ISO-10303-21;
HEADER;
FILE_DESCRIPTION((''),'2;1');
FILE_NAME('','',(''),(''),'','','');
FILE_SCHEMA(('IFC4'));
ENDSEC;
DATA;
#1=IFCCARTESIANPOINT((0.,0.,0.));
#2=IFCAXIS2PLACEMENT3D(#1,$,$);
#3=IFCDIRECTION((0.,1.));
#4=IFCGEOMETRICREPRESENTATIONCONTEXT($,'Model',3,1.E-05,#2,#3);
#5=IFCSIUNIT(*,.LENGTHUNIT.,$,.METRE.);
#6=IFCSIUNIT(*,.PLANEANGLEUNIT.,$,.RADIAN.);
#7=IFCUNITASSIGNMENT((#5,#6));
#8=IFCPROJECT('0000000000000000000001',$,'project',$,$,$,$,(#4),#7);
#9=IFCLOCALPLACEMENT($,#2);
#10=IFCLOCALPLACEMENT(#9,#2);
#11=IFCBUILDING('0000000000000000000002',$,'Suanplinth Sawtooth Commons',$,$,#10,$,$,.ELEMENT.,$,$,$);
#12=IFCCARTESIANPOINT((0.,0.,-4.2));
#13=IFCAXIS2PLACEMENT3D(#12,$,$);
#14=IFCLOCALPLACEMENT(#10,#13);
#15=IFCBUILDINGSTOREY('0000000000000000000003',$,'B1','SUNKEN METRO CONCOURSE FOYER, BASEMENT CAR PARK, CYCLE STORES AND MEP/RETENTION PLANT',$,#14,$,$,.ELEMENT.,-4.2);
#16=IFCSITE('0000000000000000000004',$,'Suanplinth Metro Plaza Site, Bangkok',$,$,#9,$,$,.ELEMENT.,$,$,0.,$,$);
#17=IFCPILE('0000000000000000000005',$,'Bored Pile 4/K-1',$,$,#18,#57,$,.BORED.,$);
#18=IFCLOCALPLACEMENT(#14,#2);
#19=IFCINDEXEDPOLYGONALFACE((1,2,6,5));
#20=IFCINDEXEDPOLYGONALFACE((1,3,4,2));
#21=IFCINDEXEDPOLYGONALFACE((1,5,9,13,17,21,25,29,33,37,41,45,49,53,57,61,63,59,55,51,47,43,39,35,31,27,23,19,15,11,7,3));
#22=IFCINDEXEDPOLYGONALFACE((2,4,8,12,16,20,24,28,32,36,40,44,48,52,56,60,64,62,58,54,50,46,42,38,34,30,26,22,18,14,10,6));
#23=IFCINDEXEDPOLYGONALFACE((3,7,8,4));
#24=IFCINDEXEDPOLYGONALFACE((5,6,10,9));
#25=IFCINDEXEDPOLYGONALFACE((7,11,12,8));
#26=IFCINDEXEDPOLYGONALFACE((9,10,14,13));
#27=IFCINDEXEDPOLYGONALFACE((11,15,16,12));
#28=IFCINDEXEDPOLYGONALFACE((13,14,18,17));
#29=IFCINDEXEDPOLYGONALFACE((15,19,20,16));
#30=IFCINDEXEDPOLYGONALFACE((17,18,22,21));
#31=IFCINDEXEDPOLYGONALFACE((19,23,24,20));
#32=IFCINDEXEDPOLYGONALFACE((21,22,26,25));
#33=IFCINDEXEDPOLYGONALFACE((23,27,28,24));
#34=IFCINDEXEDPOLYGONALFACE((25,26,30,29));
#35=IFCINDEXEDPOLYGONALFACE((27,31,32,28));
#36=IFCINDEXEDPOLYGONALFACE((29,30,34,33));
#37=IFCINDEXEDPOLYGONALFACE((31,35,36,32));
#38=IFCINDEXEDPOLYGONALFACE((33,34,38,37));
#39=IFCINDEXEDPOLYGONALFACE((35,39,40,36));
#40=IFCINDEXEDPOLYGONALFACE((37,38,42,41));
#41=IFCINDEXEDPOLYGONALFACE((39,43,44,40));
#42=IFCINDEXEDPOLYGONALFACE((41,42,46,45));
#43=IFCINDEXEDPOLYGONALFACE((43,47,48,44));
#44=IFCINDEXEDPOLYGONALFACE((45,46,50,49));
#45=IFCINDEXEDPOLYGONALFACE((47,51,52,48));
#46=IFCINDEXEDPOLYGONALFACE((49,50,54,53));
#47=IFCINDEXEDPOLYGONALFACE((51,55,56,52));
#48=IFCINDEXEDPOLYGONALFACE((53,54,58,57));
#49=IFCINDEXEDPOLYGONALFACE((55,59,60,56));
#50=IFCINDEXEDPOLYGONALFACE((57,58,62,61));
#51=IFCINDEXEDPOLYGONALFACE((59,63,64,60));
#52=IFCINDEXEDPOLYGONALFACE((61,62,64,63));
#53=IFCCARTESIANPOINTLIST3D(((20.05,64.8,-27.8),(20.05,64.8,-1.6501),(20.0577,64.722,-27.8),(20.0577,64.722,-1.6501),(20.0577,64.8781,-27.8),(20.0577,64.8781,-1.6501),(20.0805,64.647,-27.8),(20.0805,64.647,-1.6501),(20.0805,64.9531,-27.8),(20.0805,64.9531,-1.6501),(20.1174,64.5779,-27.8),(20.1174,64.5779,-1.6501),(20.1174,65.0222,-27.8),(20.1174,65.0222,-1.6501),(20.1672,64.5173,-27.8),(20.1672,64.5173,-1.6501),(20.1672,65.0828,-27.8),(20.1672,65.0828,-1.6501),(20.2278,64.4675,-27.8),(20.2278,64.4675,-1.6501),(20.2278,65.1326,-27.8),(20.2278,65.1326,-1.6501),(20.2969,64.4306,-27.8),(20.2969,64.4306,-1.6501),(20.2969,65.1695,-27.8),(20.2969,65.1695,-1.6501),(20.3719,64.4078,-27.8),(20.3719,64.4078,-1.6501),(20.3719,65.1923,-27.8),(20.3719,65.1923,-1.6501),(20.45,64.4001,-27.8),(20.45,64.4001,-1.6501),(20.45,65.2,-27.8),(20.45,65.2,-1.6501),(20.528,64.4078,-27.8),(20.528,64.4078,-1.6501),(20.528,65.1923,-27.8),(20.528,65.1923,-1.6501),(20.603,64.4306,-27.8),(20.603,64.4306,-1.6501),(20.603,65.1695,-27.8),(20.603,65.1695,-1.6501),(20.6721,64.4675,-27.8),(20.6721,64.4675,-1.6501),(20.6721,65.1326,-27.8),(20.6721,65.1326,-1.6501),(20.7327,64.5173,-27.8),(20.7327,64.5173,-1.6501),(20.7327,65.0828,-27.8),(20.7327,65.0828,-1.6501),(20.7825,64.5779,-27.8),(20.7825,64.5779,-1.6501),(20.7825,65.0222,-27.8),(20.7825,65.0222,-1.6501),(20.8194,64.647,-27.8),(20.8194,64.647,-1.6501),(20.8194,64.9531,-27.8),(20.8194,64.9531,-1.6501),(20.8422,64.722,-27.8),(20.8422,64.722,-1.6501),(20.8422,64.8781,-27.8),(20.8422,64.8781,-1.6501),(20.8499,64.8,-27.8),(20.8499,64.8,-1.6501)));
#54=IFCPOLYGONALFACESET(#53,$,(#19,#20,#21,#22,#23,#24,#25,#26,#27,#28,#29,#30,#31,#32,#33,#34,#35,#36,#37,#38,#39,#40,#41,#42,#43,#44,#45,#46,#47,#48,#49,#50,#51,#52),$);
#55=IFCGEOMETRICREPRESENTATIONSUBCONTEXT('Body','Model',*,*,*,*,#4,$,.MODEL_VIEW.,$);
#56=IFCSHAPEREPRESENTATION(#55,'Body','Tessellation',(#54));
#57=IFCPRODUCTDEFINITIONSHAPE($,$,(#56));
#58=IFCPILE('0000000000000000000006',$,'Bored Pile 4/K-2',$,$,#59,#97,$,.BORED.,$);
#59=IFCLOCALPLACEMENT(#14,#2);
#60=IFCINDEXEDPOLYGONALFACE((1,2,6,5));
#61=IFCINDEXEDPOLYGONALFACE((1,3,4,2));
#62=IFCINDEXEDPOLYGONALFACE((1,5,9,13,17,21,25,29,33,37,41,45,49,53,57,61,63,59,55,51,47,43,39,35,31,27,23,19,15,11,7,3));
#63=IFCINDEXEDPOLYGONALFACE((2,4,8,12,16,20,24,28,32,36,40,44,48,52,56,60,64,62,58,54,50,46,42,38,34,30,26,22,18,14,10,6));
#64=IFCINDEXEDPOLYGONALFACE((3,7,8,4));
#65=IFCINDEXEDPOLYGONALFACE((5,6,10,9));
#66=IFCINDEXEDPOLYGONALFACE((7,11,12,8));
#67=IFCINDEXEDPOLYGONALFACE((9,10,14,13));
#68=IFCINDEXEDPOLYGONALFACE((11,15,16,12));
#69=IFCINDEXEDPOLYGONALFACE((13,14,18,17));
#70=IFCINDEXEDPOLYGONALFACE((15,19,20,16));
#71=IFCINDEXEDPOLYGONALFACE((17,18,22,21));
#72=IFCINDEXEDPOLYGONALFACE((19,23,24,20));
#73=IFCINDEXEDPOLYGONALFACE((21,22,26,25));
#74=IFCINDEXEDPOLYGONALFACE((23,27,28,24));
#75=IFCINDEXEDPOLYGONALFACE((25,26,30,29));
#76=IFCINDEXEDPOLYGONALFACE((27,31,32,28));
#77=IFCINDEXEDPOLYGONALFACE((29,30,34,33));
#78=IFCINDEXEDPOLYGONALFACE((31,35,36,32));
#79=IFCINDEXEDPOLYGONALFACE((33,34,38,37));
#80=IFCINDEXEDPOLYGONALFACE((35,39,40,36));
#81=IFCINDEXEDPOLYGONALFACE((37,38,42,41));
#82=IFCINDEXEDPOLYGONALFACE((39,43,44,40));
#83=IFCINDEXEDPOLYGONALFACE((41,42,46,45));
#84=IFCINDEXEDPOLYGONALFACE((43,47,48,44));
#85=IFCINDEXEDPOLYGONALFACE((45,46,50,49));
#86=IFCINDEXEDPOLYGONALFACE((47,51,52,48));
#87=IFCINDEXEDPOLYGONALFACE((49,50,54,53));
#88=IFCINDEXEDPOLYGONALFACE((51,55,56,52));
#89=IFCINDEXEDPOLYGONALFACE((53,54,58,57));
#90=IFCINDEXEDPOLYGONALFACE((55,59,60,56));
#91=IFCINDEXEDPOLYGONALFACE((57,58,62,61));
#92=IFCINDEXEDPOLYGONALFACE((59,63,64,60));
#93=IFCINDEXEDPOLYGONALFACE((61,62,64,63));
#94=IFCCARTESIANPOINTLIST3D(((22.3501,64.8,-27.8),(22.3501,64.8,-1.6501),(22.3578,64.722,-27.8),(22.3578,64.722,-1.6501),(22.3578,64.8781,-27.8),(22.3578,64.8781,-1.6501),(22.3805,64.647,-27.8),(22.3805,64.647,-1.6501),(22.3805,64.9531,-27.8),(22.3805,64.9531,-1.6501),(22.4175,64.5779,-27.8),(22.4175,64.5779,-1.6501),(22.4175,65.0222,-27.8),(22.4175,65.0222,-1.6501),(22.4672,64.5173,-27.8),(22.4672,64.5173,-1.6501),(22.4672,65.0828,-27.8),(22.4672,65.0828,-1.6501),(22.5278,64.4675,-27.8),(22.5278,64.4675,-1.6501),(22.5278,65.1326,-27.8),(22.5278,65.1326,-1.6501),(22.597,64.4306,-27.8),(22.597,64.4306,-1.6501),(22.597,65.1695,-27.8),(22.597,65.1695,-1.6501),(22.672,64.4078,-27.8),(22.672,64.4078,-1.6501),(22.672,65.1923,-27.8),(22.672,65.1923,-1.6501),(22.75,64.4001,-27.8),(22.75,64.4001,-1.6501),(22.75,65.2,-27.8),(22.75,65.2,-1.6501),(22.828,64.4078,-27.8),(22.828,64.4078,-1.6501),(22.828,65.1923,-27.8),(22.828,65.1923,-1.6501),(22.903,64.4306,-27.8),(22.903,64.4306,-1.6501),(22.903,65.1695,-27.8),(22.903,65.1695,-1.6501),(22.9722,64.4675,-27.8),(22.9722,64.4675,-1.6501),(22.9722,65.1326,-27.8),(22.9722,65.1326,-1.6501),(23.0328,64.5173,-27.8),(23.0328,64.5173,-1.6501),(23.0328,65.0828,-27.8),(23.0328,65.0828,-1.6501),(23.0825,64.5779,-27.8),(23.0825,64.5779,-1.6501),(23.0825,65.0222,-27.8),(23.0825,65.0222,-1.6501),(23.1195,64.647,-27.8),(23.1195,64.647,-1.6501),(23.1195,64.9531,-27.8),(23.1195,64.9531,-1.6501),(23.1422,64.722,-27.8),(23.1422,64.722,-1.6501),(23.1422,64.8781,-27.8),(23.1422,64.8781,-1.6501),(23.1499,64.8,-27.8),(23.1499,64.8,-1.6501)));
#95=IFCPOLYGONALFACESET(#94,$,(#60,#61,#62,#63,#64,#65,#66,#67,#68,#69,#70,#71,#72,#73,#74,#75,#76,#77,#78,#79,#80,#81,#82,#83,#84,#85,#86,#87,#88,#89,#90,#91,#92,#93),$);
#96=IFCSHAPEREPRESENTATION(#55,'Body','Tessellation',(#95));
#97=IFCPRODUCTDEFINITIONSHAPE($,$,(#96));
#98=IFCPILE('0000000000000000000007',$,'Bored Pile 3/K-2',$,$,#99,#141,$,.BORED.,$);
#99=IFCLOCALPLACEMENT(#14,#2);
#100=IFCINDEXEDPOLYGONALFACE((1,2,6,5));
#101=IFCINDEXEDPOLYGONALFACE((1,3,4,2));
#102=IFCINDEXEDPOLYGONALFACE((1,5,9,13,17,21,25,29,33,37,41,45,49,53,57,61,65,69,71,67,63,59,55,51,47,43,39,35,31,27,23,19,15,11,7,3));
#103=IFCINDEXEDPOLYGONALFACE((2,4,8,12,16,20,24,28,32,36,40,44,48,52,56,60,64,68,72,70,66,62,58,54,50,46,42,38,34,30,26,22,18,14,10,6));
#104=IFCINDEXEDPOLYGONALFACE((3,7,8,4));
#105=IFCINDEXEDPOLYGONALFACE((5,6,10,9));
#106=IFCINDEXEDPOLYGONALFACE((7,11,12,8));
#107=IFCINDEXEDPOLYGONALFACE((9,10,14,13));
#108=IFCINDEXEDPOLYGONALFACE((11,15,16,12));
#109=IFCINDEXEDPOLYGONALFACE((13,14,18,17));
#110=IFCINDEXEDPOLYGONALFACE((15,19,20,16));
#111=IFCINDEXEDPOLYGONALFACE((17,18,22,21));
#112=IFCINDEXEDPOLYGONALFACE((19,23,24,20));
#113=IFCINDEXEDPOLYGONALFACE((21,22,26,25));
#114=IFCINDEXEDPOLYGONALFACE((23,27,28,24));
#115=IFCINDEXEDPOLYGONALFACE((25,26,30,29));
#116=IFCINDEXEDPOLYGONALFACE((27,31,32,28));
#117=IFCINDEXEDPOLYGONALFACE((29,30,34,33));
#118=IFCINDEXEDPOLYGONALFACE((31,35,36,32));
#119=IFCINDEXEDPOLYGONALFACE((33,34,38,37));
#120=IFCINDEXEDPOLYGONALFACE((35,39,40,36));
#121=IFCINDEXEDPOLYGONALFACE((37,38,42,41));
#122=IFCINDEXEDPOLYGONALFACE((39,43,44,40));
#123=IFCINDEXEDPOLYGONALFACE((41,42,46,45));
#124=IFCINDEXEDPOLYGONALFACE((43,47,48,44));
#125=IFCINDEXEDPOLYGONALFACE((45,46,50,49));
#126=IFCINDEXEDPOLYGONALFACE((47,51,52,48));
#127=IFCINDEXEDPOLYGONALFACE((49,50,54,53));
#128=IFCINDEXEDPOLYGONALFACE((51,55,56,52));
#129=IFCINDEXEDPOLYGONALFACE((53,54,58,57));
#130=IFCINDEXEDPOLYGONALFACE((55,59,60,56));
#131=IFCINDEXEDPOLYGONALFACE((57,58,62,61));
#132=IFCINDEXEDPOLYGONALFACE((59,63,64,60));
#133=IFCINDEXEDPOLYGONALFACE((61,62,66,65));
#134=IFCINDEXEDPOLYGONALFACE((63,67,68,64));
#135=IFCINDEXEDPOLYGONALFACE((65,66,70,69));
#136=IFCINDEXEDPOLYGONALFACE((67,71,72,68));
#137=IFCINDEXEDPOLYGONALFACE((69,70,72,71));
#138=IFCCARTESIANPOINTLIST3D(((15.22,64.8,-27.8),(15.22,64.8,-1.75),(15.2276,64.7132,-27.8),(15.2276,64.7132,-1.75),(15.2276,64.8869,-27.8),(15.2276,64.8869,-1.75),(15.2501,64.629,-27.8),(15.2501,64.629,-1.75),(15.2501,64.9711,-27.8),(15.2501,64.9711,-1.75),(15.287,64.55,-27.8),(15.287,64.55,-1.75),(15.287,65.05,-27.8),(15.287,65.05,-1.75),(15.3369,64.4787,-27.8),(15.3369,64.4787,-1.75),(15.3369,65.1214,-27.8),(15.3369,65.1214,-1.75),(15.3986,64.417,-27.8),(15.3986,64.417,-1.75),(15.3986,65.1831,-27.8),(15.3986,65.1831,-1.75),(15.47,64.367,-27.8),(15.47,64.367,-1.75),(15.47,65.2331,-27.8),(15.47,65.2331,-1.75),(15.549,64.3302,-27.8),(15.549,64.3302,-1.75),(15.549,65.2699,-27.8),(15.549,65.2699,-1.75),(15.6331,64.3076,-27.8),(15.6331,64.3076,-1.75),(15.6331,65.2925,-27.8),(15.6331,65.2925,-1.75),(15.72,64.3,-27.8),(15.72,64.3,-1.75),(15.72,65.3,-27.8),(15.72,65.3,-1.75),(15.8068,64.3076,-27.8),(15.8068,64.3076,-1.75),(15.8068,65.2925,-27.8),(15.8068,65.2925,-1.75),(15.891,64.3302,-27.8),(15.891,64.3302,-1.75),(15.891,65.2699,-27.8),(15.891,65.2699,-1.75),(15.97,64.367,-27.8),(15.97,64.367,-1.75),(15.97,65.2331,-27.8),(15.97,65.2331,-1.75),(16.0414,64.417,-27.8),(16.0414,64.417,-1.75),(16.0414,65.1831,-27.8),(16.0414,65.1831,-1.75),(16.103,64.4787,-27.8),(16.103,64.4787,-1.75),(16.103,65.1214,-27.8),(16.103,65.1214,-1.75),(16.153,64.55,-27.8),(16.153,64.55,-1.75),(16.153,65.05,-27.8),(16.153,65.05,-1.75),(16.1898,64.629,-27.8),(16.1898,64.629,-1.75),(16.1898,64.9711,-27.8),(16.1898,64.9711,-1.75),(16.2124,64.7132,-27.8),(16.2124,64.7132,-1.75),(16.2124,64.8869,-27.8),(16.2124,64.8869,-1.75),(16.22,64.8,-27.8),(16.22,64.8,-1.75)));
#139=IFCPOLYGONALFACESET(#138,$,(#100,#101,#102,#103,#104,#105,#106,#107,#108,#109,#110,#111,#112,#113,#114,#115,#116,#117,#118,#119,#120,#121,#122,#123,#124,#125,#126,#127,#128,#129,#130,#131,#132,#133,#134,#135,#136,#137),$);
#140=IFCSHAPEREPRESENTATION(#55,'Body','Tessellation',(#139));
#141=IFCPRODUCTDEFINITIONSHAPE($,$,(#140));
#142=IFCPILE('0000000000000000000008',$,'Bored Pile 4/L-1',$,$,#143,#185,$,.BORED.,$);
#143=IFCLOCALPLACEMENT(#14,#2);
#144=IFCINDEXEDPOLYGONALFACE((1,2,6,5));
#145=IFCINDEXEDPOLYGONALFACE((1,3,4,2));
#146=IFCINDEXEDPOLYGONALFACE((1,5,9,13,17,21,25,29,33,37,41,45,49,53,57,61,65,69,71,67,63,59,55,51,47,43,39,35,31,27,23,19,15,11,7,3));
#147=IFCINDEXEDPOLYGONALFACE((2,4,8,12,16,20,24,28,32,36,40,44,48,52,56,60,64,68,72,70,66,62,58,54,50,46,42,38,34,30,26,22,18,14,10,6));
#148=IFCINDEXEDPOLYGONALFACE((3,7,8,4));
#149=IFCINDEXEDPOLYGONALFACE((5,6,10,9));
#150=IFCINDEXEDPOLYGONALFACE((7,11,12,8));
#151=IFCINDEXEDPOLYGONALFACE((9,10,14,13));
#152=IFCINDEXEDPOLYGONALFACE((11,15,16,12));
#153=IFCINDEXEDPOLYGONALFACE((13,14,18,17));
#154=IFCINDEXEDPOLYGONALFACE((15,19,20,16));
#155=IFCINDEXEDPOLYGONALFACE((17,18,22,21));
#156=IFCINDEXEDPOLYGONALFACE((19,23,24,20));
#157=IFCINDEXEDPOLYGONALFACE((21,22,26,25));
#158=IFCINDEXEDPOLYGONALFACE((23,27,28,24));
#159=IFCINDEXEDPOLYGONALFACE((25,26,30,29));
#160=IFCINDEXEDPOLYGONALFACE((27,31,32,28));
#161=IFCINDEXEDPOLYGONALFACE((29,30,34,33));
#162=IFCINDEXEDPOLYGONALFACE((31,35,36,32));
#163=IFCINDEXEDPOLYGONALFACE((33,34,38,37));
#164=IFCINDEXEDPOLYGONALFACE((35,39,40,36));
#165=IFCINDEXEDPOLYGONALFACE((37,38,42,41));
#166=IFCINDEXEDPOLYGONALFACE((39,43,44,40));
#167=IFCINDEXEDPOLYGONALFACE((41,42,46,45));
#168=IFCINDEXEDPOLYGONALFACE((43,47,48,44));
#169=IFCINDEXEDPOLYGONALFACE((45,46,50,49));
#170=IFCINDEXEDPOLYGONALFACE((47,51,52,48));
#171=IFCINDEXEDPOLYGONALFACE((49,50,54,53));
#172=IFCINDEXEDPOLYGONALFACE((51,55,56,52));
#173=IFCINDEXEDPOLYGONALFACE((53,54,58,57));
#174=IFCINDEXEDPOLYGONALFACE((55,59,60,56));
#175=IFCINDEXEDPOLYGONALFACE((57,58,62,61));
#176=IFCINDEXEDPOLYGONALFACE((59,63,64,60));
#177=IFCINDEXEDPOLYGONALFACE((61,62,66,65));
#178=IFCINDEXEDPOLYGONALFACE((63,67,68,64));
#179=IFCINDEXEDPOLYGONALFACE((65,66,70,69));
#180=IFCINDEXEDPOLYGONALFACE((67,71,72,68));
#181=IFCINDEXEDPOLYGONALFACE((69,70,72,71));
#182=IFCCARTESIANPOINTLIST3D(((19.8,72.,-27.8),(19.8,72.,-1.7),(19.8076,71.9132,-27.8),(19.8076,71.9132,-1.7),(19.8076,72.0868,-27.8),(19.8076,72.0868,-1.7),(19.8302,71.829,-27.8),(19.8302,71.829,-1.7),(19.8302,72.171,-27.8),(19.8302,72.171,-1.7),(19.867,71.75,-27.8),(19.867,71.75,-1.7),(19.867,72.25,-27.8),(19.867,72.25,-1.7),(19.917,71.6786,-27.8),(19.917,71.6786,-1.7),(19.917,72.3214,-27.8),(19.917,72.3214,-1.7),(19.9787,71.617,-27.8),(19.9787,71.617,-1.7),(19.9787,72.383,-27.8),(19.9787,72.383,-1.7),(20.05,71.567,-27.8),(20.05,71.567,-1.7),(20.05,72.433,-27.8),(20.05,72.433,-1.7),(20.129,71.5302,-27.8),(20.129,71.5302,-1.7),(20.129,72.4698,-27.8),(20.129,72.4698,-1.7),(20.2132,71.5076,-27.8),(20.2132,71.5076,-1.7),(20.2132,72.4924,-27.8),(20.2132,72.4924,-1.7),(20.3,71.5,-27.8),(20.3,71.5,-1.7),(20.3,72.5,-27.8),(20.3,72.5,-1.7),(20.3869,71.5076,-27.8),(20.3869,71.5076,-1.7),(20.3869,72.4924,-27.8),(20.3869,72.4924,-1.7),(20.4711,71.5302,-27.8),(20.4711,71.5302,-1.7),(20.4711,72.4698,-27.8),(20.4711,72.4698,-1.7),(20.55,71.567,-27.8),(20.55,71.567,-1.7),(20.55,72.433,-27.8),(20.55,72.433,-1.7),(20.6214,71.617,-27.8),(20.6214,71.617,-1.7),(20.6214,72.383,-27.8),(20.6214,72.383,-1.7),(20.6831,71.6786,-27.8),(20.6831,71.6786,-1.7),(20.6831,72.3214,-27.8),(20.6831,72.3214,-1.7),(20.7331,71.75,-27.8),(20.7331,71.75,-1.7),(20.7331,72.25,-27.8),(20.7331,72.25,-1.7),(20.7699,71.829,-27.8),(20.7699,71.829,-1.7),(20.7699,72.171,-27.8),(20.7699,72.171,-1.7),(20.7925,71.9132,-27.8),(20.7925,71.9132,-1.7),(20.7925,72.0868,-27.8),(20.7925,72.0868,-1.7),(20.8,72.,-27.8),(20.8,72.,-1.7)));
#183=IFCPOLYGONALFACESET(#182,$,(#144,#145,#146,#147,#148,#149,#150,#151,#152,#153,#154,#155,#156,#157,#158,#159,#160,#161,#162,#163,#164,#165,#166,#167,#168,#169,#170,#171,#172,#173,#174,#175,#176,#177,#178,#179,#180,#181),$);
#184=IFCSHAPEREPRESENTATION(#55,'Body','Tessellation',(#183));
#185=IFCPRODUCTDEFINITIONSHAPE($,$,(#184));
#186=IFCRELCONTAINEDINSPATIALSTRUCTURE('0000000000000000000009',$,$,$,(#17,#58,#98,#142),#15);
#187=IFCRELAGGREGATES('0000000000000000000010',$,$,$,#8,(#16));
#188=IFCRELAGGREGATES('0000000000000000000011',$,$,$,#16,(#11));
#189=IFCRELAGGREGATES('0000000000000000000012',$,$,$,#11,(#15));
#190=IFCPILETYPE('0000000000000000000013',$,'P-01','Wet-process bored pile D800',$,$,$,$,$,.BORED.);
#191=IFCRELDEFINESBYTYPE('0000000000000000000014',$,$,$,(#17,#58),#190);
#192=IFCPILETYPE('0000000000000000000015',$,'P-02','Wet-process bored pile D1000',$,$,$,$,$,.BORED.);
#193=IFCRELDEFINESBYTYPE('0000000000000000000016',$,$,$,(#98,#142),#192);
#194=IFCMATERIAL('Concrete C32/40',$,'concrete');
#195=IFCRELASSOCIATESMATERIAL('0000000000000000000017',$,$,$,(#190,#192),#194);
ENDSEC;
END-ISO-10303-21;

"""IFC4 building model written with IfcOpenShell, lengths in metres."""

from ifc_helpers import new_model, si_unit, direction, frame, origin, origin_2d, place, context, subcontext, project, spatial, circle, extrude, material, material_profile, profile_set, type_object, element, save


model = new_model("IFC4")

# Units and contexts
model_context = context("Model", 3, precision=1e-05, world=origin(), true_north=direction((0.0, 1.0)))
body_context = subcontext(model_context, "Body", "Model", "MODEL_VIEW")
ifc_project = project(units=[si_unit("LENGTHUNIT", "METRE"), si_unit("PLANEANGLEUNIT", "RADIAN")], contexts=[model_context])

# Site, building, storey
site_placement = place(None, origin())
site = spatial("IfcSite", under=ifc_project, at=site_placement, Name="Suanplinth Metro Plaza Site, Bangkok", CompositionType="ELEMENT", RefElevation=0.0)
building_placement = place(site_placement, origin())
building = spatial("IfcBuilding", under=site, at=building_placement, Name="Suanplinth Sawtooth Commons", CompositionType="ELEMENT")
storey_placement = place(building_placement, frame((0.0, 0.0, -4.2)))
storey = spatial("IfcBuildingStorey", under=building, at=storey_placement, Name="B1", Description="SUNKEN METRO CONCOURSE FOYER, BASEMENT CAR PARK, CYCLE STORES AND MEP/RETENTION PLANT", CompositionType="ELEMENT", Elevation=-4.2)

# Piles
ifc_material_1 = material(Name="Concrete C32/40", Category="concrete")
ifc_material_profile_1 = material_profile(ifc_material_1, circle(Radius=0.3999, at=origin_2d()), Name="PILE D800")
ifc_profile_set_1 = profile_set([ifc_material_profile_1], Name="Concrete C32/40")
pile_type_1 = type_object("IfcPileType", Name="P-01", Description="Wet-process bored pile D800", PredefinedType="BORED", material=ifc_profile_set_1)
for number, where, z_axis, x_axis, name in (
    (1, (20.45, 64.8, -1.6501), (0.0, 0.0, -1.0), (1.0, 0.0, 0.0), "Bored Pile 4/K-1"),
    (2, (22.75, 64.8, -1.6501), (0.0, 0.0, -1.0), (1.0, 0.0, 0.0), "Bored Pile 4/K-2"),
):
    element("IfcPile", number, at=place(storey_placement, frame(where, z_axis=z_axis, x_axis=x_axis)), inside=storey, type_object=pile_type_1, Name=name, PredefinedType="BORED", context=body_context, shape_type="SweptSolid", body=[
        extrude(circle(Radius=0.3999, at=origin_2d()), origin(), (0.0, 0.0, 1.0), 26.1499),
    ])
ifc_material_profile_2 = material_profile(ifc_material_1, circle(Radius=0.5, at=origin_2d()), Name="PILE D1000")
ifc_profile_set_2 = profile_set([ifc_material_profile_2], Name="Concrete C32/40")
pile_type_2 = type_object("IfcPileType", Name="P-02", Description="Wet-process bored pile D1000", PredefinedType="BORED", material=ifc_profile_set_2)
pile_1_placement = place(storey_placement, frame((15.72, 64.8, -1.75), z_axis=(0.0, 0.0, -1.0), x_axis=(1.0, 0.0, 0.0)))
element("IfcPile", 3, at=pile_1_placement, inside=storey, type_object=pile_type_2, Name="Bored Pile 3/K-2", PredefinedType="BORED", context=body_context, shape_type="SweptSolid", body=[
    extrude(circle(Radius=0.5, at=origin_2d()), origin(), (0.0, 0.0, 1.0), 26.05),
])
for number, where, z_axis, x_axis, name in (
    (4, (20.3, 72.0, -1.7), (0.0, 0.0, -1.0), (1.0, 0.0, 0.0), "Bored Pile 4/L-1"),
):
    element("IfcPile", number, at=place(storey_placement, frame(where, z_axis=z_axis, x_axis=x_axis)), inside=storey, type_object=pile_type_2, Name=name, PredefinedType="BORED", context=body_context, shape_type="SweptSolid", body=[
        extrude(circle(Radius=0.5, at=origin_2d()), origin(), (0.0, 0.0, 1.0), 26.1001),
    ])

save(model, "model.ifc")
